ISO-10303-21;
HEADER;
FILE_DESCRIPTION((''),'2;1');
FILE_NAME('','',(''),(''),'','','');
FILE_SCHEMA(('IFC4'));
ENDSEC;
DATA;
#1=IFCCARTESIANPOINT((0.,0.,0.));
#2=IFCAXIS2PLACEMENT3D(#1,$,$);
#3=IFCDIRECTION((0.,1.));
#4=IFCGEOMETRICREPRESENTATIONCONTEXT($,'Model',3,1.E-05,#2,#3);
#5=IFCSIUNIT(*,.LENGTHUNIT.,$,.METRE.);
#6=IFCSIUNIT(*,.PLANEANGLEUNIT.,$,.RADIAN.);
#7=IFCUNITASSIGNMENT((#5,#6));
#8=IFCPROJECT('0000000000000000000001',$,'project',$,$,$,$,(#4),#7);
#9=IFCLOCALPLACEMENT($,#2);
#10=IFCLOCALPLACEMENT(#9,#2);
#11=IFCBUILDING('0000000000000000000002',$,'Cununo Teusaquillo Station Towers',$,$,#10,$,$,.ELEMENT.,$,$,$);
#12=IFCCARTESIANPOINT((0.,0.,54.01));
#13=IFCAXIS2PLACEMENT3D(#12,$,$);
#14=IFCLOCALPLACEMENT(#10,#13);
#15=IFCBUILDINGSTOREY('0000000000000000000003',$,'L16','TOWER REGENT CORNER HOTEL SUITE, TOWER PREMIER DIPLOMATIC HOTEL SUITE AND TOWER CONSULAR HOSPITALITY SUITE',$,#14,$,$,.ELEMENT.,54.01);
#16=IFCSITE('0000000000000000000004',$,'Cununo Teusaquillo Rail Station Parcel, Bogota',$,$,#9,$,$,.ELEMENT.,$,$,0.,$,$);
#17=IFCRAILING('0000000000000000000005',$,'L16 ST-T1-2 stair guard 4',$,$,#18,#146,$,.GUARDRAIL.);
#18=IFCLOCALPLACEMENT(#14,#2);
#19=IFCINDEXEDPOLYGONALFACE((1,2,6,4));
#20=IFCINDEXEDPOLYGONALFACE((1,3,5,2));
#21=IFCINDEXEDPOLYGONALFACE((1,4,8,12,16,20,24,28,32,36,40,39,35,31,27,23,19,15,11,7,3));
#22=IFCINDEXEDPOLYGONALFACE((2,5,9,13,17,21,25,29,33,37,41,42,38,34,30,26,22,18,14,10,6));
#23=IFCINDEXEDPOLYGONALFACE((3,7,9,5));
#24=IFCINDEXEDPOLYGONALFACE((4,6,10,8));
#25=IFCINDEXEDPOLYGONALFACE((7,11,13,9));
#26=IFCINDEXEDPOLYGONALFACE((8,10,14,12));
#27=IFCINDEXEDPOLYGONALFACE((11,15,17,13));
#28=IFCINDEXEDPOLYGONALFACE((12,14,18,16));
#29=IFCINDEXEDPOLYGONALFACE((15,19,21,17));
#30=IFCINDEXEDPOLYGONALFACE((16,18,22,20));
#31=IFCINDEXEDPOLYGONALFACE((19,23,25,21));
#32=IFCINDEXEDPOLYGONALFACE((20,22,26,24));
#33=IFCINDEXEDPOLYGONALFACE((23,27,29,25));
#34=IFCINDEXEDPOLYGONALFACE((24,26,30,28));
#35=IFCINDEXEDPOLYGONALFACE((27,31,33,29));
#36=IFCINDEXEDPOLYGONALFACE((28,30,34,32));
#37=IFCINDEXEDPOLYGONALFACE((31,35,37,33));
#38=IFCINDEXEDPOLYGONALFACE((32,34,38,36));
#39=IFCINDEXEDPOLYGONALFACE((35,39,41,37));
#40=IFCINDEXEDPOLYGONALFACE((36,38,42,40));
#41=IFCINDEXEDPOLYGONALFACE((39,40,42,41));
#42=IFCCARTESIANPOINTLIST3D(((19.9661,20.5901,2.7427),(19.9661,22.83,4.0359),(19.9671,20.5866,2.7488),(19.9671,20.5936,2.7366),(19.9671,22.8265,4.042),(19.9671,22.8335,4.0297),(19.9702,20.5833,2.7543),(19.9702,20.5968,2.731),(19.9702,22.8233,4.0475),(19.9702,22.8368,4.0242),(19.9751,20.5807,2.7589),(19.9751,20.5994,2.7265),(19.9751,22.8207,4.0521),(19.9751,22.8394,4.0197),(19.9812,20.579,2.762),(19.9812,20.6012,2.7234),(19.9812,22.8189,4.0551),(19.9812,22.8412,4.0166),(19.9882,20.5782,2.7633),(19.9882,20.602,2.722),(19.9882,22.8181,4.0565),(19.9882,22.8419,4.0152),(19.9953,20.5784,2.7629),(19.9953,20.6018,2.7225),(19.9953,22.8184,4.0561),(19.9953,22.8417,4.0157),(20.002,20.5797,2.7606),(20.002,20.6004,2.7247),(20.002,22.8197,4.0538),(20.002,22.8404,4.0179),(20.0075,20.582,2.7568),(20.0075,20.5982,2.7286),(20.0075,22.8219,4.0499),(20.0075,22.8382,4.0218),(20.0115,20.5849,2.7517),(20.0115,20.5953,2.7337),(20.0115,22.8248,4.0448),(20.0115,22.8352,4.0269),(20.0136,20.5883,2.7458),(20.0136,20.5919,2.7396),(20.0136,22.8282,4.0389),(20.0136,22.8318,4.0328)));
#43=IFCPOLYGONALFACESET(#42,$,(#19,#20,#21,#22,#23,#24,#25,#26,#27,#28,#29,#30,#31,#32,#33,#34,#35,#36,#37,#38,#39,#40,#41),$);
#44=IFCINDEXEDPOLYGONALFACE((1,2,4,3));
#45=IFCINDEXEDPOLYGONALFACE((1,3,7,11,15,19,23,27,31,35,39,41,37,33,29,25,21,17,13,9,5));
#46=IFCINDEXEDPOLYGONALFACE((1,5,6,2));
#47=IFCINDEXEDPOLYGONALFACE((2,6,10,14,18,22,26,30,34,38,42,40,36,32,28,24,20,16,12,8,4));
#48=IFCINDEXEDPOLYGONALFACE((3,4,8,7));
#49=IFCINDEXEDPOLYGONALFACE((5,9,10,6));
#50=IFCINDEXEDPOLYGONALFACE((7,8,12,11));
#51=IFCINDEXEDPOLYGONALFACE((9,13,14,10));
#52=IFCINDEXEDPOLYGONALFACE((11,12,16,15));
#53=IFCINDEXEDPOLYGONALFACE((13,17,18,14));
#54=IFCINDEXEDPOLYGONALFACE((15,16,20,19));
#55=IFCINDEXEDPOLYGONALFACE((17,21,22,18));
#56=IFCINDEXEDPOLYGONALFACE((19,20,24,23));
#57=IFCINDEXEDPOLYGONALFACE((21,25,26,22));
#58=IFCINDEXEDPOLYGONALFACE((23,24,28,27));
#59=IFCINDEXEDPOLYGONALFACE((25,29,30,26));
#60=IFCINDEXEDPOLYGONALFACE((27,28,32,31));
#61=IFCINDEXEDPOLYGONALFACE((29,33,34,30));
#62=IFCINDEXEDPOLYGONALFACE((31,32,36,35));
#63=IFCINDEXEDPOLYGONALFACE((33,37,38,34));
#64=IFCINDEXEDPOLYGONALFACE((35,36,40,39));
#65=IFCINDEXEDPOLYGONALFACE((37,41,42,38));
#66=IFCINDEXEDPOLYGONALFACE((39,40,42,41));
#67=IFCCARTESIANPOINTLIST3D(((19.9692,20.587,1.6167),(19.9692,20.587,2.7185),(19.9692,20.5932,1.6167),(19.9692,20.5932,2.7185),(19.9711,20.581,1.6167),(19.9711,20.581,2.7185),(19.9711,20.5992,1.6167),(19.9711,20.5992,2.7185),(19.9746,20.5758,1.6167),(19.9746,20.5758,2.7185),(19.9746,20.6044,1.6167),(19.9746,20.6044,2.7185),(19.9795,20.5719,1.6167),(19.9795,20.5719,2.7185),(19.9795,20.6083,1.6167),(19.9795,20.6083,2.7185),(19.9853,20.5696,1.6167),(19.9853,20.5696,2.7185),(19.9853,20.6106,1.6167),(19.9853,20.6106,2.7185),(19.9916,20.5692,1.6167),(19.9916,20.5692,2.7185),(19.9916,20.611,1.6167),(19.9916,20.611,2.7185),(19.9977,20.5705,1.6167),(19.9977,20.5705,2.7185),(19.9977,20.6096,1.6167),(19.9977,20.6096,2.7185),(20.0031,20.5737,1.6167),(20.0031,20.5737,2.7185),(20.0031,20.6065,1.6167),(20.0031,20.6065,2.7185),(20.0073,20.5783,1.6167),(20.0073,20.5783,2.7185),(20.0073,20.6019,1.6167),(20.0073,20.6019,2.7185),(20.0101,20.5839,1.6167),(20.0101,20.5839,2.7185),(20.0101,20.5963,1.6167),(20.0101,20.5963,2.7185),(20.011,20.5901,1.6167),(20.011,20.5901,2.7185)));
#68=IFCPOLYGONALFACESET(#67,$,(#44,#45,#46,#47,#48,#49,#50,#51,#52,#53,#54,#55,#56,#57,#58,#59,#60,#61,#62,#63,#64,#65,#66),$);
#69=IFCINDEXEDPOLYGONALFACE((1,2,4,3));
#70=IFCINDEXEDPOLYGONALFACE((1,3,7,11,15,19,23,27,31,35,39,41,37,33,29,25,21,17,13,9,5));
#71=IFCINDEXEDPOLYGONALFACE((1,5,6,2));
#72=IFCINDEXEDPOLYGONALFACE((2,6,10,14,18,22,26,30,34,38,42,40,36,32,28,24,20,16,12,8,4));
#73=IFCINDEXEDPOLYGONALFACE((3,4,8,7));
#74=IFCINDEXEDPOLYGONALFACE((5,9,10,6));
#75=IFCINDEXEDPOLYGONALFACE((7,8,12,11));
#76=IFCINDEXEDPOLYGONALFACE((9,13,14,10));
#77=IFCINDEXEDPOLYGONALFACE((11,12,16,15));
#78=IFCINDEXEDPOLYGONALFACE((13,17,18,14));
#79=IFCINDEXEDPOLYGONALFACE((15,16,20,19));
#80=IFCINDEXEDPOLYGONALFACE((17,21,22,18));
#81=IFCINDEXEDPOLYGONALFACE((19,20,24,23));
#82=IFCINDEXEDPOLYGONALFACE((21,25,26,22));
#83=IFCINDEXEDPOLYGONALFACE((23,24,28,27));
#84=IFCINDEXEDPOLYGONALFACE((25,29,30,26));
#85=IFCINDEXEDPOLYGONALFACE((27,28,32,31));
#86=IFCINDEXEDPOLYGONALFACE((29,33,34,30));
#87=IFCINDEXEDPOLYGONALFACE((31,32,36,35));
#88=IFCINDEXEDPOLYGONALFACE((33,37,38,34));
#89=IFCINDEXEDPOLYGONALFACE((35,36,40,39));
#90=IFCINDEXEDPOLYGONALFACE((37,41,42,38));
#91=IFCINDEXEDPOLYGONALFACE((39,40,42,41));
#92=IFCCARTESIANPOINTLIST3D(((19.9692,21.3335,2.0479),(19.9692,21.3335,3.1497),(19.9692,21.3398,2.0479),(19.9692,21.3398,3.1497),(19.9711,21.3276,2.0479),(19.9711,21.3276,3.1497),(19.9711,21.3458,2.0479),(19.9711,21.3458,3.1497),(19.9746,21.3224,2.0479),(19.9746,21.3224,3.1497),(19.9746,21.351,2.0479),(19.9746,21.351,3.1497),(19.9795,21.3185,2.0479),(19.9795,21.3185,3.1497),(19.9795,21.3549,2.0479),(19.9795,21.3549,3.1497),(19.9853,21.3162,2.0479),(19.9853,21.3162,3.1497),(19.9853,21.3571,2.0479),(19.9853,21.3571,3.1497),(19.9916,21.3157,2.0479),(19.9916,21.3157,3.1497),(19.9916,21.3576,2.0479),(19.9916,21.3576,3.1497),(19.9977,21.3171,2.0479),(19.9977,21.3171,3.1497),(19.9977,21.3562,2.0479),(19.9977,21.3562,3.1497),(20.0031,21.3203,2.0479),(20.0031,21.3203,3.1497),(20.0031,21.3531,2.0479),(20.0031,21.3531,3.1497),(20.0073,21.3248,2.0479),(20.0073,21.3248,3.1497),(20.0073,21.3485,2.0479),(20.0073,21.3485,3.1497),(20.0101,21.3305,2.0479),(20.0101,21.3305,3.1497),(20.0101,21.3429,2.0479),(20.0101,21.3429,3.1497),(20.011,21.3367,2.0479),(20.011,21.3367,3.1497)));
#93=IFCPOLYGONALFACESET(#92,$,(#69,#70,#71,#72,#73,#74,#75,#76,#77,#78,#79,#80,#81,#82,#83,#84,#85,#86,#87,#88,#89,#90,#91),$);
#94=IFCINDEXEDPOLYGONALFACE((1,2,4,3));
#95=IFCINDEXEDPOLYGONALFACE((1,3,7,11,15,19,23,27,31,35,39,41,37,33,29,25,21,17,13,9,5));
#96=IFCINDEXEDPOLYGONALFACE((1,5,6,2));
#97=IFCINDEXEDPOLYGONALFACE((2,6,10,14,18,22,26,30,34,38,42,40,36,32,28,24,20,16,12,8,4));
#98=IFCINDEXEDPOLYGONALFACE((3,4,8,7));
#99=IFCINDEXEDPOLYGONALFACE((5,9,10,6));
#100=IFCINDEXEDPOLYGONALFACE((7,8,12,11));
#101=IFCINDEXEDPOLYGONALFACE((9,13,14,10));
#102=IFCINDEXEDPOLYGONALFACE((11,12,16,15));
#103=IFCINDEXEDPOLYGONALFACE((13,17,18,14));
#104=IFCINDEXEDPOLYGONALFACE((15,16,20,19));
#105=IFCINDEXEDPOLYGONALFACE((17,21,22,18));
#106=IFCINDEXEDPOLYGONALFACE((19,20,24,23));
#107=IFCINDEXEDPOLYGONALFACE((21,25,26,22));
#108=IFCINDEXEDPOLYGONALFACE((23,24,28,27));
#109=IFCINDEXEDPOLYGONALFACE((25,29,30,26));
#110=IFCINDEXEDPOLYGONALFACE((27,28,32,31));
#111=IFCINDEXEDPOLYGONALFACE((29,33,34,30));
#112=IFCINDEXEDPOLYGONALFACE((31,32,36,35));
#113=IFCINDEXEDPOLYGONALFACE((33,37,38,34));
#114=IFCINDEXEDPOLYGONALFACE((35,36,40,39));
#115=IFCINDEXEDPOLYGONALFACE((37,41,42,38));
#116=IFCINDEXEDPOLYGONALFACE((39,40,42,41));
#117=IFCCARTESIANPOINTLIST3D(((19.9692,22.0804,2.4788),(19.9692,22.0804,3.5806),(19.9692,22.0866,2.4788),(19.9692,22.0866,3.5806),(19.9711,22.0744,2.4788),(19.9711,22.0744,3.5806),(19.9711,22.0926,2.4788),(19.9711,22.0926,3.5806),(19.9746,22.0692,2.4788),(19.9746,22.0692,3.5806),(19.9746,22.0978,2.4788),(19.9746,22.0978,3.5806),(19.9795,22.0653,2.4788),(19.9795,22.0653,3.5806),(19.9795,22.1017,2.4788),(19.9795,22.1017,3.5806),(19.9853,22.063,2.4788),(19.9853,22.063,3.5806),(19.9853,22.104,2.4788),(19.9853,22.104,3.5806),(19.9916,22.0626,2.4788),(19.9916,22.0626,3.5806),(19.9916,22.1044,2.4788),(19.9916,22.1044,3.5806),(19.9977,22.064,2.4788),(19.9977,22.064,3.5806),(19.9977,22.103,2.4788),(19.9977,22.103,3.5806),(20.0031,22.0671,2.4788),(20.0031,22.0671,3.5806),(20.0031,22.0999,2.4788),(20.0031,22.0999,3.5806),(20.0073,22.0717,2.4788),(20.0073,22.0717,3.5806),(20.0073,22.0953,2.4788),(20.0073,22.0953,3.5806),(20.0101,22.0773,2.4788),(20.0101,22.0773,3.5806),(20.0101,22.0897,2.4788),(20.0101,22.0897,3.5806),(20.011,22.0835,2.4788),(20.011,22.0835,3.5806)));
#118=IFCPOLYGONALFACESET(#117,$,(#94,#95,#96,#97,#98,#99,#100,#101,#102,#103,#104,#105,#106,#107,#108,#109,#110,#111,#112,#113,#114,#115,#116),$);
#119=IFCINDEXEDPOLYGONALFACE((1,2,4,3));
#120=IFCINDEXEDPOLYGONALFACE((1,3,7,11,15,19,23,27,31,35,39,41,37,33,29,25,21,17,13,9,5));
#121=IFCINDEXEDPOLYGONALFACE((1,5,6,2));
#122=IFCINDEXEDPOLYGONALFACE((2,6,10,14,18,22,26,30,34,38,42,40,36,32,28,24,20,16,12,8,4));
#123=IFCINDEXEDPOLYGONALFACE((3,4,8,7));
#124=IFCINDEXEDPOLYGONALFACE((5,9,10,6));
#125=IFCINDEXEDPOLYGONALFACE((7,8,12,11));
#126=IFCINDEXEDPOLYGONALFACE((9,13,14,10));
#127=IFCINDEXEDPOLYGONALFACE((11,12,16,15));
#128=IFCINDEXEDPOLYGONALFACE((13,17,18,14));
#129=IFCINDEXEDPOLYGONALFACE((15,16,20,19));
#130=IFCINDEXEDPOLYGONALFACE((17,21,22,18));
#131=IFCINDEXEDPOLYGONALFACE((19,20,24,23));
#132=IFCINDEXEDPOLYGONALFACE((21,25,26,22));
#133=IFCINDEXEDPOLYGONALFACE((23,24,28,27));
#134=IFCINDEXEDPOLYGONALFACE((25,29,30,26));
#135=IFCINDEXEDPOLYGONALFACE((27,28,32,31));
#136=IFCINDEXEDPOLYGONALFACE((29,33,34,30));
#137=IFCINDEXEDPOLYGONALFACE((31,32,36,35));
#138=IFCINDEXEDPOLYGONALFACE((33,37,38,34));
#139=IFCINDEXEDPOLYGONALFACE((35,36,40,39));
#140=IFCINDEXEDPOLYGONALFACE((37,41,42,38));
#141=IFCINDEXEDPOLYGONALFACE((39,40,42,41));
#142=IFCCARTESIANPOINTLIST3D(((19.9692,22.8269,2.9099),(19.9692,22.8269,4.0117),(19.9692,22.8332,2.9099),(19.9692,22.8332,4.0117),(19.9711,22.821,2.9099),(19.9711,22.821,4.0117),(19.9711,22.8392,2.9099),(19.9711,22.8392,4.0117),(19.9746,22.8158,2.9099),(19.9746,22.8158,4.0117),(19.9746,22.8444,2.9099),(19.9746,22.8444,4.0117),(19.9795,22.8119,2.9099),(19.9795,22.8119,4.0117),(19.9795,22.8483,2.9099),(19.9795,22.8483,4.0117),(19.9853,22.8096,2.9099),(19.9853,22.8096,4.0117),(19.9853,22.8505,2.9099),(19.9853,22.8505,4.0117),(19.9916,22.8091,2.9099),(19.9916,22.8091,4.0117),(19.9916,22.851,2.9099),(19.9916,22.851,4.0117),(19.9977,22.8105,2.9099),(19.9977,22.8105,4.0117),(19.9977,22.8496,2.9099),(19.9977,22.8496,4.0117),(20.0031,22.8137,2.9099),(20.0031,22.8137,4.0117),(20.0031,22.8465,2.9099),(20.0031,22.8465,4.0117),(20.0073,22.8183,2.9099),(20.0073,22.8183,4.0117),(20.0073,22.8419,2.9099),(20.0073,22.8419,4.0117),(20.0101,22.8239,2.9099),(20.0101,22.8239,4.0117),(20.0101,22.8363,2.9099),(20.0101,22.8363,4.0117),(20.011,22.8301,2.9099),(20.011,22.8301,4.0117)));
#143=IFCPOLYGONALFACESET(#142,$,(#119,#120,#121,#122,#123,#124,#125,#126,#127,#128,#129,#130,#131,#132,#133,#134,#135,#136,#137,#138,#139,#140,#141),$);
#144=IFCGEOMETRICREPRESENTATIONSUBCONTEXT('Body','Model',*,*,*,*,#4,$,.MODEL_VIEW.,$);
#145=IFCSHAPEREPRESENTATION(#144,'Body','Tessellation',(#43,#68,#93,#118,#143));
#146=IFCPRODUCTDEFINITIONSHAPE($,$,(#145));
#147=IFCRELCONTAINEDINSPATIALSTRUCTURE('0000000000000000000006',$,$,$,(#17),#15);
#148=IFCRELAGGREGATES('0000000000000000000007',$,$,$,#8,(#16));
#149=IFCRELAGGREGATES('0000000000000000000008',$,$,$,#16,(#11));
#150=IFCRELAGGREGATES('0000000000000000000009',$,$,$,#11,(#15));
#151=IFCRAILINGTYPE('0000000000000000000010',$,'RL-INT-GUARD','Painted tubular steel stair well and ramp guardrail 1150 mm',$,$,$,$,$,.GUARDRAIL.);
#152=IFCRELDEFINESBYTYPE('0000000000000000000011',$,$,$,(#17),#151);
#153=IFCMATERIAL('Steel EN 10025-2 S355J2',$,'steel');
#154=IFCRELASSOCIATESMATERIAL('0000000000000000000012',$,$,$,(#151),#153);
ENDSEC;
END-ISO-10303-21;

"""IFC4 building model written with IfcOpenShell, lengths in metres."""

from ifc_helpers import new_model, si_unit, direction, frame, origin, origin_2d, place, context, subcontext, project, spatial, circle, extrude, material, type_object, element, save


model = new_model("IFC4")

# Units and contexts
model_context = context("Model", 3, precision=1e-05, world=origin(), true_north=direction((0.0, 1.0)))
body_context = subcontext(model_context, "Body", "Model", "MODEL_VIEW")
ifc_project = project(units=[si_unit("LENGTHUNIT", "METRE"), si_unit("PLANEANGLEUNIT", "RADIAN")], contexts=[model_context])

# Site, building, storey
site_placement = place(None, origin())
site = spatial("IfcSite", under=ifc_project, at=site_placement, Name="Cununo Teusaquillo Rail Station Parcel, Bogota", CompositionType="ELEMENT", RefElevation=0.0)
building_placement = place(site_placement, origin())
building = spatial("IfcBuilding", under=site, at=building_placement, Name="Cununo Teusaquillo Station Towers", CompositionType="ELEMENT")
storey_placement = place(building_placement, frame((0.0, 0.0, 54.01)))
storey = spatial("IfcBuildingStorey", under=building, at=storey_placement, Name="L16", Description="TOWER REGENT CORNER HOTEL SUITE, TOWER PREMIER DIPLOMATIC HOTEL SUITE AND TOWER CONSULAR HOSPITALITY SUITE", CompositionType="ELEMENT", Elevation=54.01)

# Railing
ifc_material_1 = material(Name="Steel EN 10025-2 S355J2", Category="steel")
railing_type_1 = type_object("IfcRailingType", Name="RL-INT-GUARD", Description="Painted tubular steel stair well and ramp guardrail 1150 mm", PredefinedType="GUARDRAIL", material=ifc_material_1)
railing_1_placement = place(storey_placement, frame((19.99, 20.5901, 1.6167)))
element("IfcRailing", 1, at=railing_1_placement, inside=storey, type_object=railing_type_1, Name="L16 ST-T1-2 stair guard 4", PredefinedType="GUARDRAIL", context=body_context, shape_type="SweptSolid", body=[
    extrude(circle(Radius=0.0239, at=origin_2d()), frame((0.0, 0.0, 1.126), z_axis=(0.0, 0.866033, 0.499987), x_axis=(-1.0, 0.0, 0.0)), (0.0, 0.0, 1.0), 2.5864),
    extrude(circle(Radius=0.021, at=origin_2d()), origin(), (0.0, 0.0, 1.0), 1.1018),
    extrude(circle(Radius=0.021, at=origin_2d()), frame((0.0, 0.7466, 0.4312)), (0.0, 0.0, 1.0), 1.1018),
    extrude(circle(Radius=0.021, at=origin_2d()), frame((0.0, 1.4934, 0.8621)), (0.0, 0.0, 1.0), 1.1018),
    extrude(circle(Radius=0.021, at=origin_2d()), frame((0.0, 2.24, 1.2932)), (0.0, 0.0, 1.0), 1.1018),
])

save(model, "model.ifc")
